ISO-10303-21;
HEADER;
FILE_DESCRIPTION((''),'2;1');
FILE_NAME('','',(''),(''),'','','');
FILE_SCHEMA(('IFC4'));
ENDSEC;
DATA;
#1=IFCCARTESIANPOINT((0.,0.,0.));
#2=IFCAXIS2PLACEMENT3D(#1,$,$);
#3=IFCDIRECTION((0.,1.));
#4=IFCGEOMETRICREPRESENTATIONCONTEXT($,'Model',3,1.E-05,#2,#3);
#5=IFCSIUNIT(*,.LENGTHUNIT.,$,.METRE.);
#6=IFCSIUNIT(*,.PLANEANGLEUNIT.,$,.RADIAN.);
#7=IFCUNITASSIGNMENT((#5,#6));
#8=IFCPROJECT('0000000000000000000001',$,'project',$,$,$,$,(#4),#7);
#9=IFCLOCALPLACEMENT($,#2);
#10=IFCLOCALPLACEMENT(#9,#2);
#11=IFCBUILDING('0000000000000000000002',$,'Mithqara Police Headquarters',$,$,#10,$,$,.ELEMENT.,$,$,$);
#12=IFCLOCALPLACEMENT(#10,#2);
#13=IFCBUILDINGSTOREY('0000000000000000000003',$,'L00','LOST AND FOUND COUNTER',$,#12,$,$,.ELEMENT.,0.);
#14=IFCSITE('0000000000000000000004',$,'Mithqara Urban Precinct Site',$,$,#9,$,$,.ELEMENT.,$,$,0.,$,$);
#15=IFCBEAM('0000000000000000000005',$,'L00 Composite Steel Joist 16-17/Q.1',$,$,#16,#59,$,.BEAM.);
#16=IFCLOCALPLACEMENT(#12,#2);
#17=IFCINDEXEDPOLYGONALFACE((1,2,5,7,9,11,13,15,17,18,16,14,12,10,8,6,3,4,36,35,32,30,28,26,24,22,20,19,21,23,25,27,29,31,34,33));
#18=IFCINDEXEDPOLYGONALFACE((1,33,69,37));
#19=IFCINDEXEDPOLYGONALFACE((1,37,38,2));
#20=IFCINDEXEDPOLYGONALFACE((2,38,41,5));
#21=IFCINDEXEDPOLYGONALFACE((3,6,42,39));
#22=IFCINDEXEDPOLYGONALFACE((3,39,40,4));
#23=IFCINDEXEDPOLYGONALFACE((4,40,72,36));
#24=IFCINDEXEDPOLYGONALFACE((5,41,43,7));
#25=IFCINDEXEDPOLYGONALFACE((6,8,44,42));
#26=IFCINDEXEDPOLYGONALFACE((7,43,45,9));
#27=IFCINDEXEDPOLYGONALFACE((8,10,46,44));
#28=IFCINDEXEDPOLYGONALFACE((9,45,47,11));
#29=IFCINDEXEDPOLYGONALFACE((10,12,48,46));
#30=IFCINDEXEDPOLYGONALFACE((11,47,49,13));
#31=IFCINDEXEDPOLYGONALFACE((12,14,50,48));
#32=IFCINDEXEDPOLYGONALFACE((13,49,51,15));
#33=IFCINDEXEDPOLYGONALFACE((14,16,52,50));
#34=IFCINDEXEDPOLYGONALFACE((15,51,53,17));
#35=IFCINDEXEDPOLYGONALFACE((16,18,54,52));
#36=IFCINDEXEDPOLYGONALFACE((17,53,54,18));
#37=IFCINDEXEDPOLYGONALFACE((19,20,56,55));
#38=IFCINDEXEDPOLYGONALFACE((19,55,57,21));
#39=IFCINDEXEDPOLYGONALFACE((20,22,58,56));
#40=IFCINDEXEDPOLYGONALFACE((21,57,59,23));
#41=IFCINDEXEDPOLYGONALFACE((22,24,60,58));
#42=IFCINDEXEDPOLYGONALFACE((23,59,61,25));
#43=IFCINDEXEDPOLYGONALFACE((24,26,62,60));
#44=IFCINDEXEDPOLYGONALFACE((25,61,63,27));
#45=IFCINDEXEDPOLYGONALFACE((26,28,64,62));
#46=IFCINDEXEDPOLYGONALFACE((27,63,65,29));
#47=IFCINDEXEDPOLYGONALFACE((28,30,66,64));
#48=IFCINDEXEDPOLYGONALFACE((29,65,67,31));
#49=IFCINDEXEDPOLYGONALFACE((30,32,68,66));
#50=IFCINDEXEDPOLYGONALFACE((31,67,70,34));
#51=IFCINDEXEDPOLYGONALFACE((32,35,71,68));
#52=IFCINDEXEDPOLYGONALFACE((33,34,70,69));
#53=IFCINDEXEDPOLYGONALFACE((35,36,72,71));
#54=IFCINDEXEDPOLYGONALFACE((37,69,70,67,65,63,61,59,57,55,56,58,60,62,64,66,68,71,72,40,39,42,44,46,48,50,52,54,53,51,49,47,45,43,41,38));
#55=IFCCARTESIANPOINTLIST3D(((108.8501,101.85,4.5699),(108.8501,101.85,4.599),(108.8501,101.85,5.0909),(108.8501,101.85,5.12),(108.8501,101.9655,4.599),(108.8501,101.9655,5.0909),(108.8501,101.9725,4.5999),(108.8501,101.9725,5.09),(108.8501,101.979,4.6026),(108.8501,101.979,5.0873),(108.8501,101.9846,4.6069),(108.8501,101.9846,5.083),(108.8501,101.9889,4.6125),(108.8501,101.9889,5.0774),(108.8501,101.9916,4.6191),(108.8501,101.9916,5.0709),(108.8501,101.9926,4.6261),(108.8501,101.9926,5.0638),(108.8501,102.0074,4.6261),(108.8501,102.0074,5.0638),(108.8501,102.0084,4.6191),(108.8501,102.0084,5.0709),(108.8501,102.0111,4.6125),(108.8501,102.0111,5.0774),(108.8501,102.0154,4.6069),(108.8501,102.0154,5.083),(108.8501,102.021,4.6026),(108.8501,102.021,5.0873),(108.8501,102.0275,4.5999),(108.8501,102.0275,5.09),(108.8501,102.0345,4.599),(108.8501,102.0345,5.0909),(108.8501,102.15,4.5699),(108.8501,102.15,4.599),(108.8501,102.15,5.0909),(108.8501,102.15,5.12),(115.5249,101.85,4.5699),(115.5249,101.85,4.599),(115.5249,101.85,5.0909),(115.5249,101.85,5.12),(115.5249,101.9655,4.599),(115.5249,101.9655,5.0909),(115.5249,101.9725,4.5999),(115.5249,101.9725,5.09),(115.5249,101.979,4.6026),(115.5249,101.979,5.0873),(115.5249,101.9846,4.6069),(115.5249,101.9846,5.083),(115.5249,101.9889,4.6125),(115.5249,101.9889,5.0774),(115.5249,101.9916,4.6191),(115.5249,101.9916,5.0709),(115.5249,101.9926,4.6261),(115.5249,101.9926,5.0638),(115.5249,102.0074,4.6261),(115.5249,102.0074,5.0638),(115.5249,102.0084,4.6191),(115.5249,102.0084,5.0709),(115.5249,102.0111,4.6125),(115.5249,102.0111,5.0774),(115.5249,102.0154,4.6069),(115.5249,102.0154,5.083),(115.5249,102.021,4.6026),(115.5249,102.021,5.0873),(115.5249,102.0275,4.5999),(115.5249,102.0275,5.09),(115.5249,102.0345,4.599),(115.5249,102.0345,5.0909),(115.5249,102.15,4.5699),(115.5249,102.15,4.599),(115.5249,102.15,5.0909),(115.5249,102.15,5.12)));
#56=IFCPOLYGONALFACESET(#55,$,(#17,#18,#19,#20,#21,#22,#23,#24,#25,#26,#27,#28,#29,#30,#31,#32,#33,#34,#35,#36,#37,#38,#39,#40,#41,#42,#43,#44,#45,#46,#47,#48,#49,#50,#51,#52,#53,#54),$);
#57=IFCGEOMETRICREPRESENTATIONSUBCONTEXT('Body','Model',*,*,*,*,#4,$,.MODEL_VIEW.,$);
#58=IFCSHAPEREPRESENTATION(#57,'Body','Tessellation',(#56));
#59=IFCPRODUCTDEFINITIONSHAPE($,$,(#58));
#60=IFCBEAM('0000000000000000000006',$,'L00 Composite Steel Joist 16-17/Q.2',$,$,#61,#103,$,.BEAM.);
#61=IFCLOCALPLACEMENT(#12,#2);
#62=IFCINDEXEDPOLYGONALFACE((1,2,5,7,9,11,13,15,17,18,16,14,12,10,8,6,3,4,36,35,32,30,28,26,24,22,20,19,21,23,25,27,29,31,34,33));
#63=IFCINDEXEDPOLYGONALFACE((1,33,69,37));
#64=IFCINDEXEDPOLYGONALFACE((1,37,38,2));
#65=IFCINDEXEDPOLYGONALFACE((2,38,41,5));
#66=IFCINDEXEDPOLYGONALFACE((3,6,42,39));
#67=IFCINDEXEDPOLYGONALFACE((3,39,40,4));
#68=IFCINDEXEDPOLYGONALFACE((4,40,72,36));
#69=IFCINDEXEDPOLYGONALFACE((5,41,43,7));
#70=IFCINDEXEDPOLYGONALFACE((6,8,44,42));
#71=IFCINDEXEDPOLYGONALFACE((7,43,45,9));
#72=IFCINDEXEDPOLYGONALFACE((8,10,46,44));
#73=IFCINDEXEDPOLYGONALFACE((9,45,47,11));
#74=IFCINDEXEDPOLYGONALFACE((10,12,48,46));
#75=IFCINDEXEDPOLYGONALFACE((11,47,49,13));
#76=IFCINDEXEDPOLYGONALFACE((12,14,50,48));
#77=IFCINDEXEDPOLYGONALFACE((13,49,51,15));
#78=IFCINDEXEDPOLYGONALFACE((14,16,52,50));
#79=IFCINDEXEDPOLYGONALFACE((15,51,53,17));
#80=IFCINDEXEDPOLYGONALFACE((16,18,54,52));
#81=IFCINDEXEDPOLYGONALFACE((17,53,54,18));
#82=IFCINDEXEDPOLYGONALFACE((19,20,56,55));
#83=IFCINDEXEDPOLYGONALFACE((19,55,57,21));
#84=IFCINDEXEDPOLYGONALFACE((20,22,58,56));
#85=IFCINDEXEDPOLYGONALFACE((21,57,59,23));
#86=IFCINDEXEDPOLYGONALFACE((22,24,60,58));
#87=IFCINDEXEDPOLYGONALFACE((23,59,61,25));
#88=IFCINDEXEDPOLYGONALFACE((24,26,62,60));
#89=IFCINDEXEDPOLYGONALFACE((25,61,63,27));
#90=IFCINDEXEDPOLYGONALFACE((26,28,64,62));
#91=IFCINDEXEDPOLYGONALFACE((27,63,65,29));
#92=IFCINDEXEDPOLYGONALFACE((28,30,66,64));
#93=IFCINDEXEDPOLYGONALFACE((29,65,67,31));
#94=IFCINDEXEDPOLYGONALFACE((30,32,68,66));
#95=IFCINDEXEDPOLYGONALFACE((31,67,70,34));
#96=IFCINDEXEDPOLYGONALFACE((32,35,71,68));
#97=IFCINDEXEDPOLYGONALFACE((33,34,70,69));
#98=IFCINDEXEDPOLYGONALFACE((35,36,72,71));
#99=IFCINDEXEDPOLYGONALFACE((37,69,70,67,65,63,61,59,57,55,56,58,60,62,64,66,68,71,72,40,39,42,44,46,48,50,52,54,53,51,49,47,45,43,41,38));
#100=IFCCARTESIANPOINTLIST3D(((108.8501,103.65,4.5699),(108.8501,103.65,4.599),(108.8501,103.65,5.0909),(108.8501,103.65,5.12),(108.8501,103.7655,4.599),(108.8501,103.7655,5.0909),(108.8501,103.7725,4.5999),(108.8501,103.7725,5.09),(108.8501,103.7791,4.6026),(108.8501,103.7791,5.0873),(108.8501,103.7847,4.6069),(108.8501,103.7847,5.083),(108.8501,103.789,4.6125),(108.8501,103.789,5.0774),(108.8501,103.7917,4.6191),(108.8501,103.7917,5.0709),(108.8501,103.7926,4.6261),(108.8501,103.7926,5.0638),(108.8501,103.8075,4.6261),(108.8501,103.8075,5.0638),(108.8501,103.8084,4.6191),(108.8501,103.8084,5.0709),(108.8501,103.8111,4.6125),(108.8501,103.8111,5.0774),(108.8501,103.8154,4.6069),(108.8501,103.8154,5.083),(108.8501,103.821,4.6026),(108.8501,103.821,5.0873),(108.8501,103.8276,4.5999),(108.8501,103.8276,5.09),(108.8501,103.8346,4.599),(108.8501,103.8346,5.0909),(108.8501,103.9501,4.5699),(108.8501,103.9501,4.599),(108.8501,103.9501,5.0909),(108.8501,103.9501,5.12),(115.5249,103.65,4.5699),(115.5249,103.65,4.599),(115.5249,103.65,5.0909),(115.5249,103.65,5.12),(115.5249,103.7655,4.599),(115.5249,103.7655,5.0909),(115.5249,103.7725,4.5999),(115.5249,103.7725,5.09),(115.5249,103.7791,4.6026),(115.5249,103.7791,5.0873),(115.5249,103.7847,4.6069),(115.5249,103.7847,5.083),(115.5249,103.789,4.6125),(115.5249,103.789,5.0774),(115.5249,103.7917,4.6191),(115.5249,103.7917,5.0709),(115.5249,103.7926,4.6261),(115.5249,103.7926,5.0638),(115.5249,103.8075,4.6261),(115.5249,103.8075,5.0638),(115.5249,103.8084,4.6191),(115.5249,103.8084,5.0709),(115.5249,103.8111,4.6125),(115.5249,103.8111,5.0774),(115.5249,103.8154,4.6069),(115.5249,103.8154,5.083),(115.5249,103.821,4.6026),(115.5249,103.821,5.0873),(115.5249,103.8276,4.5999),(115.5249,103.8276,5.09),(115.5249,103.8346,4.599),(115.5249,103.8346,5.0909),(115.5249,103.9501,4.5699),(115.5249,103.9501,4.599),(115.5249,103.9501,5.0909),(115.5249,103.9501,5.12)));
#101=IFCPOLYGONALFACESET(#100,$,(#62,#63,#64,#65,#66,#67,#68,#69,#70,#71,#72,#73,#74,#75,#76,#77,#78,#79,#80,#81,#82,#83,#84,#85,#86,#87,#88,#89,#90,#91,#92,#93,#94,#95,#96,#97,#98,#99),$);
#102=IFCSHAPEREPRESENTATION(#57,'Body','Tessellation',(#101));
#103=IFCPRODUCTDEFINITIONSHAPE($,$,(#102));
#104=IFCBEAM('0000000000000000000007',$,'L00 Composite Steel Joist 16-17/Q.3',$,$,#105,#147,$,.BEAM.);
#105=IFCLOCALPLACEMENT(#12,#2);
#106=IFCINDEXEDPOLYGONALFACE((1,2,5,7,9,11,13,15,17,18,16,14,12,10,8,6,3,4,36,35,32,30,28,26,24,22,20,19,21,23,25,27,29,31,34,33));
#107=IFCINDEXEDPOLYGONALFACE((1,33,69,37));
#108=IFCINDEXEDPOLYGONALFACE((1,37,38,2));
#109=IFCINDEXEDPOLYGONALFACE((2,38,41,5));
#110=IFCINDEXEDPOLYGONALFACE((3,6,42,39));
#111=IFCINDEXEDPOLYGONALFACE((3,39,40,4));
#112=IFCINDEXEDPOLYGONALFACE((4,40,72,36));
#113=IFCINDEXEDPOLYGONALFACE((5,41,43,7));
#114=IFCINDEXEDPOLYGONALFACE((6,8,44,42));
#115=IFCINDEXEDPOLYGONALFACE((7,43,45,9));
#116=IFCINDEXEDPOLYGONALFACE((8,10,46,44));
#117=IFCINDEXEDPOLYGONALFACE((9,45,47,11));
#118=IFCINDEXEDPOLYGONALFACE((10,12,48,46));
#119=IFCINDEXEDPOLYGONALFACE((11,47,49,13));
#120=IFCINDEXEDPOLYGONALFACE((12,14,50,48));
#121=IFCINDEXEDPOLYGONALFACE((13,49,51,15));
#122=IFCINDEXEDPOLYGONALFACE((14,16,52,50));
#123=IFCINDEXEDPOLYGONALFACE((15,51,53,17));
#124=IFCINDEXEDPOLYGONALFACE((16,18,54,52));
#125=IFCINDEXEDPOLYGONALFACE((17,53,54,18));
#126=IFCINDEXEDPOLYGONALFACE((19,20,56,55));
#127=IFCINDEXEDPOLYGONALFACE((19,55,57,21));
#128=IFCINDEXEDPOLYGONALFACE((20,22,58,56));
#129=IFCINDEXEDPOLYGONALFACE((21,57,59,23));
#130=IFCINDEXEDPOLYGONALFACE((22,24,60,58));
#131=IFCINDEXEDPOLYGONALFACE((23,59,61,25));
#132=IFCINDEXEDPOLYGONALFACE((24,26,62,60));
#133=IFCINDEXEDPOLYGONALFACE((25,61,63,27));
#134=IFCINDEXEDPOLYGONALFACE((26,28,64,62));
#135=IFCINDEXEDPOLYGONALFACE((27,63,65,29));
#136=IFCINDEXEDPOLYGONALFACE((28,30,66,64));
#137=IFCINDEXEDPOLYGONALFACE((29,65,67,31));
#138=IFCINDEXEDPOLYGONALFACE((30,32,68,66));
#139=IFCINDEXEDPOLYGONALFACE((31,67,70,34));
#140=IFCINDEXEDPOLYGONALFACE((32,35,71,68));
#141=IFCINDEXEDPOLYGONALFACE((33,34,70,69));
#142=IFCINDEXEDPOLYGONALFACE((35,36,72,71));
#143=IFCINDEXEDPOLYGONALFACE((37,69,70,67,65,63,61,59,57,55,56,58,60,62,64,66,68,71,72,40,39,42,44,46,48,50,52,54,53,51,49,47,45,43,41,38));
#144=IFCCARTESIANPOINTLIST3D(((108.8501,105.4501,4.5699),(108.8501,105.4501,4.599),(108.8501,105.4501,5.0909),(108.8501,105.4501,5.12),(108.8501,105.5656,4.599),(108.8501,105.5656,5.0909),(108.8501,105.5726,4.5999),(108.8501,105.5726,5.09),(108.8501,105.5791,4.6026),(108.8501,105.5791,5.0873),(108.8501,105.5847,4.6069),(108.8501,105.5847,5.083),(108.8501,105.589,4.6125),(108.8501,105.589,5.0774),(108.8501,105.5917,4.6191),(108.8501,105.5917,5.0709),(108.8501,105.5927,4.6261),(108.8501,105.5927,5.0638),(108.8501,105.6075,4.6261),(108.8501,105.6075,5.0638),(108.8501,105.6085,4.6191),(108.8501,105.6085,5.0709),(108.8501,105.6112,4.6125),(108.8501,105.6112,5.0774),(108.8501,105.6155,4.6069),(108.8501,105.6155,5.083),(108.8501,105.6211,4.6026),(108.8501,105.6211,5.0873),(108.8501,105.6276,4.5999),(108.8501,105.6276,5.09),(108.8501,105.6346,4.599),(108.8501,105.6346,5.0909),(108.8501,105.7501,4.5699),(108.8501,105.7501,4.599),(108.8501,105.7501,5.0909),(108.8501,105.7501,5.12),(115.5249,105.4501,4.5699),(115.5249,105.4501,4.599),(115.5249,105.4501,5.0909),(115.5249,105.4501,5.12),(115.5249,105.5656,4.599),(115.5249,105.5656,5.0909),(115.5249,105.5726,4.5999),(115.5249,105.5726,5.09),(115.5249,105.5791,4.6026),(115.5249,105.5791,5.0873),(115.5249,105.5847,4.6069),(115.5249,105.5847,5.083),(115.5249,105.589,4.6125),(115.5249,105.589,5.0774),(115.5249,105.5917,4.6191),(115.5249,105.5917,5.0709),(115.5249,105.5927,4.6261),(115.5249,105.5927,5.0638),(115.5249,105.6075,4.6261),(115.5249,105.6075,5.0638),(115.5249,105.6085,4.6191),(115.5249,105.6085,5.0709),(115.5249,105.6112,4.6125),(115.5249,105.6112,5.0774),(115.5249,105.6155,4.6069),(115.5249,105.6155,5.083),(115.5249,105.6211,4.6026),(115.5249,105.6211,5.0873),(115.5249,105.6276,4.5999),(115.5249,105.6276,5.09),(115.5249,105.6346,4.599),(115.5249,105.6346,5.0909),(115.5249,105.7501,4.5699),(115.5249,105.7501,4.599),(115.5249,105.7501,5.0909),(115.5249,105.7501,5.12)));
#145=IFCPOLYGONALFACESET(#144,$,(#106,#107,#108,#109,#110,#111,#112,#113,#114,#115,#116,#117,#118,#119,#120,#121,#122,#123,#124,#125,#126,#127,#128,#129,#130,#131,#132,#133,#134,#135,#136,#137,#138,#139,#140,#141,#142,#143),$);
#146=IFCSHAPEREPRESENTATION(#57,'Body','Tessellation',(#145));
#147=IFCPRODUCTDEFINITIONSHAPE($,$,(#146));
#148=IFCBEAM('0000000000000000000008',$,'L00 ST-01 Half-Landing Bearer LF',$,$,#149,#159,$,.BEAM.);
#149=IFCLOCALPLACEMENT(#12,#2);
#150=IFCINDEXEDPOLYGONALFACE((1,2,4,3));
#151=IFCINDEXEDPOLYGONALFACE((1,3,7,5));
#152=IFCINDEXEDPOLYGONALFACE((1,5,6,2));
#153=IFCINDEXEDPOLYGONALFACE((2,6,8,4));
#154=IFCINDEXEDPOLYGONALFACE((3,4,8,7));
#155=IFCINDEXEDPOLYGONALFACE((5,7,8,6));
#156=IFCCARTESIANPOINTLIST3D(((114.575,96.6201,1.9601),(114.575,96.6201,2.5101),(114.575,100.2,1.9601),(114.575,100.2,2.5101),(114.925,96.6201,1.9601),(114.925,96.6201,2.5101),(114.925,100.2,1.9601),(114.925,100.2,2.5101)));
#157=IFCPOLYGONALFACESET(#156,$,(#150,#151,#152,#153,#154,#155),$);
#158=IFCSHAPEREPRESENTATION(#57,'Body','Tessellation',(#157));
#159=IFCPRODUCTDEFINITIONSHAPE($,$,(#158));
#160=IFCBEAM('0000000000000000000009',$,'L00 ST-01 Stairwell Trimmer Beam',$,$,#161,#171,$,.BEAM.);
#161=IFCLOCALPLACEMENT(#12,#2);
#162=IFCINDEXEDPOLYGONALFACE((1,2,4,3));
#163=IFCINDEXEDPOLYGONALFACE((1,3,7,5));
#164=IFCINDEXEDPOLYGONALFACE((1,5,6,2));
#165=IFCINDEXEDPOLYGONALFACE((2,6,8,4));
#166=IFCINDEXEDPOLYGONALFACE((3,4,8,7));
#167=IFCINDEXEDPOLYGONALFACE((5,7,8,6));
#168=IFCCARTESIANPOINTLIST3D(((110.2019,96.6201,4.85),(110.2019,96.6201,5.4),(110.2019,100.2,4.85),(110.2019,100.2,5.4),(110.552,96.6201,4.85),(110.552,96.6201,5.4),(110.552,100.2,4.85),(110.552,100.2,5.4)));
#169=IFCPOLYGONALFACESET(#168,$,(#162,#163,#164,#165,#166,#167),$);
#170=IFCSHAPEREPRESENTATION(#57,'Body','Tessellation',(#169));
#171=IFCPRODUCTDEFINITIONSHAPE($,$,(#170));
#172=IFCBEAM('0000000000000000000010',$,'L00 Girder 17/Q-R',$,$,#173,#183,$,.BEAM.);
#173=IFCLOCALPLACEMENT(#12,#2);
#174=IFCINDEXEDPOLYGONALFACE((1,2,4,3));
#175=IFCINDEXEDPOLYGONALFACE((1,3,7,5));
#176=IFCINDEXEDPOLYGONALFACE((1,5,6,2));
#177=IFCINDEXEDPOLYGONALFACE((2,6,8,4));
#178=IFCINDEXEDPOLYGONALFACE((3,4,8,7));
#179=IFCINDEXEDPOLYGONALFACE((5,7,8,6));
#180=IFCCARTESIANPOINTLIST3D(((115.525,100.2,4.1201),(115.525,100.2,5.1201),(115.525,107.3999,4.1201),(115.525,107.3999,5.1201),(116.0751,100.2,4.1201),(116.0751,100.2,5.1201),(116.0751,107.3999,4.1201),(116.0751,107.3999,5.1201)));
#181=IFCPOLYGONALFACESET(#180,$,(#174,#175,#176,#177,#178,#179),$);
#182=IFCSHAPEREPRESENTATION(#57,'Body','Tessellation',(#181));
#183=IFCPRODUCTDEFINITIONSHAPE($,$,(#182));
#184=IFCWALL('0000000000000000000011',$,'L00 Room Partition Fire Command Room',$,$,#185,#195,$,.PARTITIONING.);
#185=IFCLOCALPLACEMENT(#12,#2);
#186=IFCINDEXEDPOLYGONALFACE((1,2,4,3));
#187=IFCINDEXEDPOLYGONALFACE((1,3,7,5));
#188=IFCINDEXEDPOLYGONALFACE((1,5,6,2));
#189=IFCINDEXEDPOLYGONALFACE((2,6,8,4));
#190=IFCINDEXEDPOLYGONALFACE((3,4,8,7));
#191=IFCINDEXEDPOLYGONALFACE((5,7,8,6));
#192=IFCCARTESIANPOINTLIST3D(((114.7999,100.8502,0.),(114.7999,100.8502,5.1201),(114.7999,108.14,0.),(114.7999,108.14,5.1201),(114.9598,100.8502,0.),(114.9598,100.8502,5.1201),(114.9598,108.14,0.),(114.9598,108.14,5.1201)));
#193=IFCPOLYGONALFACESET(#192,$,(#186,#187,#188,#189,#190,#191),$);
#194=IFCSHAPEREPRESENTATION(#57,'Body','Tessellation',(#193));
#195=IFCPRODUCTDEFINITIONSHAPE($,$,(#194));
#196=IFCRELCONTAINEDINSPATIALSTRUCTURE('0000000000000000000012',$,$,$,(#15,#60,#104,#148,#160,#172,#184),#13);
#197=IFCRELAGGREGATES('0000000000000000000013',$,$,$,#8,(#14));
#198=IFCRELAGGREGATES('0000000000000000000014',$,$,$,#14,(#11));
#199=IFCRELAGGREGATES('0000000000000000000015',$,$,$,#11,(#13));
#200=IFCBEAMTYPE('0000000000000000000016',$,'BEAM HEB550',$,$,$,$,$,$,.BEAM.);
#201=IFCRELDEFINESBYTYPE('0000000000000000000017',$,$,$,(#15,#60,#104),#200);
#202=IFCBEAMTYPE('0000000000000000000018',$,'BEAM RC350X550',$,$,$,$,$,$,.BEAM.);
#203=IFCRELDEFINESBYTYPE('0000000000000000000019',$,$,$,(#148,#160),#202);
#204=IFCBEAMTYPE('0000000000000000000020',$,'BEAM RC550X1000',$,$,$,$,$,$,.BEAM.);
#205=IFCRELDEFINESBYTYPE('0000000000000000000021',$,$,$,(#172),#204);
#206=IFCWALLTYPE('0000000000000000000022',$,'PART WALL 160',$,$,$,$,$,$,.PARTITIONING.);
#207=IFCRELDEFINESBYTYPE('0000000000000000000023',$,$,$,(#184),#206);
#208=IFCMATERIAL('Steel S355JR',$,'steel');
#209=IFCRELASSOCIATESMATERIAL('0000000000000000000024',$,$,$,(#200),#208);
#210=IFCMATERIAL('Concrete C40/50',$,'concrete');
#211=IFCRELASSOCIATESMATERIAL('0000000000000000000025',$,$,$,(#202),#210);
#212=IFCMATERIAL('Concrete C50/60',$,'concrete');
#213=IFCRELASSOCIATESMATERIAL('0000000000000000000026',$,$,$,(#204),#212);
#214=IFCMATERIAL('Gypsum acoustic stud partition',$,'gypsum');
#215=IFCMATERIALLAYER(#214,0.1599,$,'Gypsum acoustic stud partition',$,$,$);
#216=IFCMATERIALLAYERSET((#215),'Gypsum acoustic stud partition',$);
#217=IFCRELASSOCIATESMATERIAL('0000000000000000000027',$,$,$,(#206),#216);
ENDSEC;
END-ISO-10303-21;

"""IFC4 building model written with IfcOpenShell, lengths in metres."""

from ifc_helpers import new_model, si_unit, direction, frame, frame_2d, origin, origin_2d, place, context, subcontext, project, spatial, rectangle, i_section, extrude, material, layer, layer_set, material_profile, profile_set, type_object, element, save


model = new_model("IFC4")

# Units and contexts
model_context = context("Model", 3, precision=1e-05, world=origin(), true_north=direction((0.0, 1.0)))
body_context = subcontext(model_context, "Body", "Model", "MODEL_VIEW")
ifc_project = project(units=[si_unit("LENGTHUNIT", "METRE"), si_unit("PLANEANGLEUNIT", "RADIAN")], contexts=[model_context])

# Site, building, storey
site_placement = place(None, origin())
site = spatial("IfcSite", under=ifc_project, at=site_placement, Name="Mithqara Urban Precinct Site", CompositionType="ELEMENT", RefElevation=0.0)
building_placement = place(site_placement, origin())
building = spatial("IfcBuilding", under=site, at=building_placement, Name="Mithqara Police Headquarters", CompositionType="ELEMENT")
storey_placement = place(building_placement, origin())
storey = spatial("IfcBuildingStorey", under=building, at=storey_placement, Name="L00", Description="LOST AND FOUND COUNTER", CompositionType="ELEMENT", Elevation=0.0)

# Beams
ifc_material_1 = material(Name="Steel S355JR", Category="steel")
ifc_material_profile_1 = material_profile(ifc_material_1, i_section(OverallWidth=0.3, OverallDepth=0.55, WebThickness=0.0149, FlangeThickness=0.0291, FilletRadius=0.0271, at=origin_2d()), Name="HEB 550")
ifc_profile_set_1 = profile_set([ifc_material_profile_1], Name="Steel S355JR")
beam_type_1 = type_object("IfcBeamType", Name="BEAM HEB550", PredefinedType="BEAM", material=ifc_profile_set_1)
for number, where, z_axis, x_axis, name in (
    (1, (108.8501, 102.0, 4.845), (1.0, 0.0, 0.0), (0.0, 1.0, 0.0), "L00 Composite Steel Joist 16-17/Q.1"),
    (2, (108.8501, 103.8, 4.845), (1.0, 0.0, 0.0), (0.0, 1.0, 0.0), "L00 Composite Steel Joist 16-17/Q.2"),
    (3, (108.8501, 105.6001, 4.845), (1.0, 0.0, 0.0), (0.0, 1.0, 0.0), "L00 Composite Steel Joist 16-17/Q.3"),
):
    element("IfcBeam", number, at=place(storey_placement, frame(where, z_axis=z_axis, x_axis=x_axis)), inside=storey, type_object=beam_type_1, Name=name, PredefinedType="BEAM", context=body_context, shape_type="SweptSolid", body=[
        extrude(i_section(OverallWidth=0.3, OverallDepth=0.55, WebThickness=0.0149, FlangeThickness=0.0291, FilletRadius=0.0271, at=origin_2d()), origin(), (0.0, 0.0, 1.0), 6.6748),
    ])
ifc_material_2 = material(Name="Concrete C40/50", Category="concrete")
ifc_material_profile_2 = material_profile(ifc_material_2, rectangle(XDim=0.3501, YDim=0.55, at=origin_2d()), Name="RC 350x550")
ifc_profile_set_2 = profile_set([ifc_material_profile_2], Name="Concrete C40/50")
beam_type_2 = type_object("IfcBeamType", Name="BEAM RC350X550", PredefinedType="BEAM", material=ifc_profile_set_2)
for number, where, z_axis, x_axis, name in (
    (4, (114.75, 96.6201, 2.2351), (0.0, 1.0, 0.0), (-1.0, 0.0, 0.0), "L00 ST-01 Half-Landing Bearer LF"),
    (5, (110.377, 96.6201, 5.125), (0.0, 1.0, 0.0), (-1.0, 0.0, 0.0), "L00 ST-01 Stairwell Trimmer Beam"),
):
    element("IfcBeam", number, at=place(storey_placement, frame(where, z_axis=z_axis, x_axis=x_axis)), inside=storey, type_object=beam_type_2, Name=name, PredefinedType="BEAM", context=body_context, shape_type="SweptSolid", body=[
        extrude(rectangle(XDim=0.3501, YDim=0.55, at=origin_2d()), origin(), (0.0, 0.0, 1.0), 3.5798),
    ])
ifc_material_3 = material(Name="Concrete C50/60", Category="concrete")
ifc_material_profile_3 = material_profile(ifc_material_3, rectangle(XDim=0.55, YDim=1.0, at=origin_2d()), Name="RC 550x1000")
ifc_profile_set_3 = profile_set([ifc_material_profile_3], Name="Concrete C50/60")
beam_type_3 = type_object("IfcBeamType", Name="BEAM RC550X1000", PredefinedType="BEAM", material=ifc_profile_set_3)
beam_placement = place(storey_placement, frame((115.8, 100.2, 4.6201), z_axis=(0.0, 1.0, 0.0), x_axis=(-1.0, 0.0, 0.0)))
element("IfcBeam", 6, at=beam_placement, inside=storey, type_object=beam_type_3, Name="L00 Girder 17/Q-R", PredefinedType="BEAM", context=body_context, shape_type="SweptSolid", body=[
    extrude(rectangle(XDim=0.55, YDim=1.0, at=origin_2d()), origin(), (0.0, 0.0, 1.0), 7.2),
])

# Wall
ifc_material_4 = material(Name="Gypsum acoustic stud partition", Category="gypsum")
ifc_layer_1 = layer(ifc_material_4, 0.1599, Name="Gypsum acoustic stud partition")
ifc_layer_set_1 = layer_set([ifc_layer_1], Name="Gypsum acoustic stud partition")
wall_type_1 = type_object("IfcWallType", Name="PART WALL 160", PredefinedType="PARTITIONING", material=ifc_layer_set_1)
wall_1_placement = place(storey_placement, frame((114.8799, 100.8501, 0.0), z_axis=(0.0, 0.0, 1.0), x_axis=(0.0, 1.0, 0.0)))
element("IfcWall", 7, at=wall_1_placement, inside=storey, type_object=wall_type_1, Name="L00 Room Partition Fire Command Room", PredefinedType="PARTITIONING", context=body_context, shape_type="SweptSolid", body=[
    extrude(rectangle(XDim=7.2898, YDim=0.1599, at=frame_2d((3.645, 0.0))), origin(), (0.0, 0.0, 1.0), 5.1201),
])

save(model, "model.ifc")
